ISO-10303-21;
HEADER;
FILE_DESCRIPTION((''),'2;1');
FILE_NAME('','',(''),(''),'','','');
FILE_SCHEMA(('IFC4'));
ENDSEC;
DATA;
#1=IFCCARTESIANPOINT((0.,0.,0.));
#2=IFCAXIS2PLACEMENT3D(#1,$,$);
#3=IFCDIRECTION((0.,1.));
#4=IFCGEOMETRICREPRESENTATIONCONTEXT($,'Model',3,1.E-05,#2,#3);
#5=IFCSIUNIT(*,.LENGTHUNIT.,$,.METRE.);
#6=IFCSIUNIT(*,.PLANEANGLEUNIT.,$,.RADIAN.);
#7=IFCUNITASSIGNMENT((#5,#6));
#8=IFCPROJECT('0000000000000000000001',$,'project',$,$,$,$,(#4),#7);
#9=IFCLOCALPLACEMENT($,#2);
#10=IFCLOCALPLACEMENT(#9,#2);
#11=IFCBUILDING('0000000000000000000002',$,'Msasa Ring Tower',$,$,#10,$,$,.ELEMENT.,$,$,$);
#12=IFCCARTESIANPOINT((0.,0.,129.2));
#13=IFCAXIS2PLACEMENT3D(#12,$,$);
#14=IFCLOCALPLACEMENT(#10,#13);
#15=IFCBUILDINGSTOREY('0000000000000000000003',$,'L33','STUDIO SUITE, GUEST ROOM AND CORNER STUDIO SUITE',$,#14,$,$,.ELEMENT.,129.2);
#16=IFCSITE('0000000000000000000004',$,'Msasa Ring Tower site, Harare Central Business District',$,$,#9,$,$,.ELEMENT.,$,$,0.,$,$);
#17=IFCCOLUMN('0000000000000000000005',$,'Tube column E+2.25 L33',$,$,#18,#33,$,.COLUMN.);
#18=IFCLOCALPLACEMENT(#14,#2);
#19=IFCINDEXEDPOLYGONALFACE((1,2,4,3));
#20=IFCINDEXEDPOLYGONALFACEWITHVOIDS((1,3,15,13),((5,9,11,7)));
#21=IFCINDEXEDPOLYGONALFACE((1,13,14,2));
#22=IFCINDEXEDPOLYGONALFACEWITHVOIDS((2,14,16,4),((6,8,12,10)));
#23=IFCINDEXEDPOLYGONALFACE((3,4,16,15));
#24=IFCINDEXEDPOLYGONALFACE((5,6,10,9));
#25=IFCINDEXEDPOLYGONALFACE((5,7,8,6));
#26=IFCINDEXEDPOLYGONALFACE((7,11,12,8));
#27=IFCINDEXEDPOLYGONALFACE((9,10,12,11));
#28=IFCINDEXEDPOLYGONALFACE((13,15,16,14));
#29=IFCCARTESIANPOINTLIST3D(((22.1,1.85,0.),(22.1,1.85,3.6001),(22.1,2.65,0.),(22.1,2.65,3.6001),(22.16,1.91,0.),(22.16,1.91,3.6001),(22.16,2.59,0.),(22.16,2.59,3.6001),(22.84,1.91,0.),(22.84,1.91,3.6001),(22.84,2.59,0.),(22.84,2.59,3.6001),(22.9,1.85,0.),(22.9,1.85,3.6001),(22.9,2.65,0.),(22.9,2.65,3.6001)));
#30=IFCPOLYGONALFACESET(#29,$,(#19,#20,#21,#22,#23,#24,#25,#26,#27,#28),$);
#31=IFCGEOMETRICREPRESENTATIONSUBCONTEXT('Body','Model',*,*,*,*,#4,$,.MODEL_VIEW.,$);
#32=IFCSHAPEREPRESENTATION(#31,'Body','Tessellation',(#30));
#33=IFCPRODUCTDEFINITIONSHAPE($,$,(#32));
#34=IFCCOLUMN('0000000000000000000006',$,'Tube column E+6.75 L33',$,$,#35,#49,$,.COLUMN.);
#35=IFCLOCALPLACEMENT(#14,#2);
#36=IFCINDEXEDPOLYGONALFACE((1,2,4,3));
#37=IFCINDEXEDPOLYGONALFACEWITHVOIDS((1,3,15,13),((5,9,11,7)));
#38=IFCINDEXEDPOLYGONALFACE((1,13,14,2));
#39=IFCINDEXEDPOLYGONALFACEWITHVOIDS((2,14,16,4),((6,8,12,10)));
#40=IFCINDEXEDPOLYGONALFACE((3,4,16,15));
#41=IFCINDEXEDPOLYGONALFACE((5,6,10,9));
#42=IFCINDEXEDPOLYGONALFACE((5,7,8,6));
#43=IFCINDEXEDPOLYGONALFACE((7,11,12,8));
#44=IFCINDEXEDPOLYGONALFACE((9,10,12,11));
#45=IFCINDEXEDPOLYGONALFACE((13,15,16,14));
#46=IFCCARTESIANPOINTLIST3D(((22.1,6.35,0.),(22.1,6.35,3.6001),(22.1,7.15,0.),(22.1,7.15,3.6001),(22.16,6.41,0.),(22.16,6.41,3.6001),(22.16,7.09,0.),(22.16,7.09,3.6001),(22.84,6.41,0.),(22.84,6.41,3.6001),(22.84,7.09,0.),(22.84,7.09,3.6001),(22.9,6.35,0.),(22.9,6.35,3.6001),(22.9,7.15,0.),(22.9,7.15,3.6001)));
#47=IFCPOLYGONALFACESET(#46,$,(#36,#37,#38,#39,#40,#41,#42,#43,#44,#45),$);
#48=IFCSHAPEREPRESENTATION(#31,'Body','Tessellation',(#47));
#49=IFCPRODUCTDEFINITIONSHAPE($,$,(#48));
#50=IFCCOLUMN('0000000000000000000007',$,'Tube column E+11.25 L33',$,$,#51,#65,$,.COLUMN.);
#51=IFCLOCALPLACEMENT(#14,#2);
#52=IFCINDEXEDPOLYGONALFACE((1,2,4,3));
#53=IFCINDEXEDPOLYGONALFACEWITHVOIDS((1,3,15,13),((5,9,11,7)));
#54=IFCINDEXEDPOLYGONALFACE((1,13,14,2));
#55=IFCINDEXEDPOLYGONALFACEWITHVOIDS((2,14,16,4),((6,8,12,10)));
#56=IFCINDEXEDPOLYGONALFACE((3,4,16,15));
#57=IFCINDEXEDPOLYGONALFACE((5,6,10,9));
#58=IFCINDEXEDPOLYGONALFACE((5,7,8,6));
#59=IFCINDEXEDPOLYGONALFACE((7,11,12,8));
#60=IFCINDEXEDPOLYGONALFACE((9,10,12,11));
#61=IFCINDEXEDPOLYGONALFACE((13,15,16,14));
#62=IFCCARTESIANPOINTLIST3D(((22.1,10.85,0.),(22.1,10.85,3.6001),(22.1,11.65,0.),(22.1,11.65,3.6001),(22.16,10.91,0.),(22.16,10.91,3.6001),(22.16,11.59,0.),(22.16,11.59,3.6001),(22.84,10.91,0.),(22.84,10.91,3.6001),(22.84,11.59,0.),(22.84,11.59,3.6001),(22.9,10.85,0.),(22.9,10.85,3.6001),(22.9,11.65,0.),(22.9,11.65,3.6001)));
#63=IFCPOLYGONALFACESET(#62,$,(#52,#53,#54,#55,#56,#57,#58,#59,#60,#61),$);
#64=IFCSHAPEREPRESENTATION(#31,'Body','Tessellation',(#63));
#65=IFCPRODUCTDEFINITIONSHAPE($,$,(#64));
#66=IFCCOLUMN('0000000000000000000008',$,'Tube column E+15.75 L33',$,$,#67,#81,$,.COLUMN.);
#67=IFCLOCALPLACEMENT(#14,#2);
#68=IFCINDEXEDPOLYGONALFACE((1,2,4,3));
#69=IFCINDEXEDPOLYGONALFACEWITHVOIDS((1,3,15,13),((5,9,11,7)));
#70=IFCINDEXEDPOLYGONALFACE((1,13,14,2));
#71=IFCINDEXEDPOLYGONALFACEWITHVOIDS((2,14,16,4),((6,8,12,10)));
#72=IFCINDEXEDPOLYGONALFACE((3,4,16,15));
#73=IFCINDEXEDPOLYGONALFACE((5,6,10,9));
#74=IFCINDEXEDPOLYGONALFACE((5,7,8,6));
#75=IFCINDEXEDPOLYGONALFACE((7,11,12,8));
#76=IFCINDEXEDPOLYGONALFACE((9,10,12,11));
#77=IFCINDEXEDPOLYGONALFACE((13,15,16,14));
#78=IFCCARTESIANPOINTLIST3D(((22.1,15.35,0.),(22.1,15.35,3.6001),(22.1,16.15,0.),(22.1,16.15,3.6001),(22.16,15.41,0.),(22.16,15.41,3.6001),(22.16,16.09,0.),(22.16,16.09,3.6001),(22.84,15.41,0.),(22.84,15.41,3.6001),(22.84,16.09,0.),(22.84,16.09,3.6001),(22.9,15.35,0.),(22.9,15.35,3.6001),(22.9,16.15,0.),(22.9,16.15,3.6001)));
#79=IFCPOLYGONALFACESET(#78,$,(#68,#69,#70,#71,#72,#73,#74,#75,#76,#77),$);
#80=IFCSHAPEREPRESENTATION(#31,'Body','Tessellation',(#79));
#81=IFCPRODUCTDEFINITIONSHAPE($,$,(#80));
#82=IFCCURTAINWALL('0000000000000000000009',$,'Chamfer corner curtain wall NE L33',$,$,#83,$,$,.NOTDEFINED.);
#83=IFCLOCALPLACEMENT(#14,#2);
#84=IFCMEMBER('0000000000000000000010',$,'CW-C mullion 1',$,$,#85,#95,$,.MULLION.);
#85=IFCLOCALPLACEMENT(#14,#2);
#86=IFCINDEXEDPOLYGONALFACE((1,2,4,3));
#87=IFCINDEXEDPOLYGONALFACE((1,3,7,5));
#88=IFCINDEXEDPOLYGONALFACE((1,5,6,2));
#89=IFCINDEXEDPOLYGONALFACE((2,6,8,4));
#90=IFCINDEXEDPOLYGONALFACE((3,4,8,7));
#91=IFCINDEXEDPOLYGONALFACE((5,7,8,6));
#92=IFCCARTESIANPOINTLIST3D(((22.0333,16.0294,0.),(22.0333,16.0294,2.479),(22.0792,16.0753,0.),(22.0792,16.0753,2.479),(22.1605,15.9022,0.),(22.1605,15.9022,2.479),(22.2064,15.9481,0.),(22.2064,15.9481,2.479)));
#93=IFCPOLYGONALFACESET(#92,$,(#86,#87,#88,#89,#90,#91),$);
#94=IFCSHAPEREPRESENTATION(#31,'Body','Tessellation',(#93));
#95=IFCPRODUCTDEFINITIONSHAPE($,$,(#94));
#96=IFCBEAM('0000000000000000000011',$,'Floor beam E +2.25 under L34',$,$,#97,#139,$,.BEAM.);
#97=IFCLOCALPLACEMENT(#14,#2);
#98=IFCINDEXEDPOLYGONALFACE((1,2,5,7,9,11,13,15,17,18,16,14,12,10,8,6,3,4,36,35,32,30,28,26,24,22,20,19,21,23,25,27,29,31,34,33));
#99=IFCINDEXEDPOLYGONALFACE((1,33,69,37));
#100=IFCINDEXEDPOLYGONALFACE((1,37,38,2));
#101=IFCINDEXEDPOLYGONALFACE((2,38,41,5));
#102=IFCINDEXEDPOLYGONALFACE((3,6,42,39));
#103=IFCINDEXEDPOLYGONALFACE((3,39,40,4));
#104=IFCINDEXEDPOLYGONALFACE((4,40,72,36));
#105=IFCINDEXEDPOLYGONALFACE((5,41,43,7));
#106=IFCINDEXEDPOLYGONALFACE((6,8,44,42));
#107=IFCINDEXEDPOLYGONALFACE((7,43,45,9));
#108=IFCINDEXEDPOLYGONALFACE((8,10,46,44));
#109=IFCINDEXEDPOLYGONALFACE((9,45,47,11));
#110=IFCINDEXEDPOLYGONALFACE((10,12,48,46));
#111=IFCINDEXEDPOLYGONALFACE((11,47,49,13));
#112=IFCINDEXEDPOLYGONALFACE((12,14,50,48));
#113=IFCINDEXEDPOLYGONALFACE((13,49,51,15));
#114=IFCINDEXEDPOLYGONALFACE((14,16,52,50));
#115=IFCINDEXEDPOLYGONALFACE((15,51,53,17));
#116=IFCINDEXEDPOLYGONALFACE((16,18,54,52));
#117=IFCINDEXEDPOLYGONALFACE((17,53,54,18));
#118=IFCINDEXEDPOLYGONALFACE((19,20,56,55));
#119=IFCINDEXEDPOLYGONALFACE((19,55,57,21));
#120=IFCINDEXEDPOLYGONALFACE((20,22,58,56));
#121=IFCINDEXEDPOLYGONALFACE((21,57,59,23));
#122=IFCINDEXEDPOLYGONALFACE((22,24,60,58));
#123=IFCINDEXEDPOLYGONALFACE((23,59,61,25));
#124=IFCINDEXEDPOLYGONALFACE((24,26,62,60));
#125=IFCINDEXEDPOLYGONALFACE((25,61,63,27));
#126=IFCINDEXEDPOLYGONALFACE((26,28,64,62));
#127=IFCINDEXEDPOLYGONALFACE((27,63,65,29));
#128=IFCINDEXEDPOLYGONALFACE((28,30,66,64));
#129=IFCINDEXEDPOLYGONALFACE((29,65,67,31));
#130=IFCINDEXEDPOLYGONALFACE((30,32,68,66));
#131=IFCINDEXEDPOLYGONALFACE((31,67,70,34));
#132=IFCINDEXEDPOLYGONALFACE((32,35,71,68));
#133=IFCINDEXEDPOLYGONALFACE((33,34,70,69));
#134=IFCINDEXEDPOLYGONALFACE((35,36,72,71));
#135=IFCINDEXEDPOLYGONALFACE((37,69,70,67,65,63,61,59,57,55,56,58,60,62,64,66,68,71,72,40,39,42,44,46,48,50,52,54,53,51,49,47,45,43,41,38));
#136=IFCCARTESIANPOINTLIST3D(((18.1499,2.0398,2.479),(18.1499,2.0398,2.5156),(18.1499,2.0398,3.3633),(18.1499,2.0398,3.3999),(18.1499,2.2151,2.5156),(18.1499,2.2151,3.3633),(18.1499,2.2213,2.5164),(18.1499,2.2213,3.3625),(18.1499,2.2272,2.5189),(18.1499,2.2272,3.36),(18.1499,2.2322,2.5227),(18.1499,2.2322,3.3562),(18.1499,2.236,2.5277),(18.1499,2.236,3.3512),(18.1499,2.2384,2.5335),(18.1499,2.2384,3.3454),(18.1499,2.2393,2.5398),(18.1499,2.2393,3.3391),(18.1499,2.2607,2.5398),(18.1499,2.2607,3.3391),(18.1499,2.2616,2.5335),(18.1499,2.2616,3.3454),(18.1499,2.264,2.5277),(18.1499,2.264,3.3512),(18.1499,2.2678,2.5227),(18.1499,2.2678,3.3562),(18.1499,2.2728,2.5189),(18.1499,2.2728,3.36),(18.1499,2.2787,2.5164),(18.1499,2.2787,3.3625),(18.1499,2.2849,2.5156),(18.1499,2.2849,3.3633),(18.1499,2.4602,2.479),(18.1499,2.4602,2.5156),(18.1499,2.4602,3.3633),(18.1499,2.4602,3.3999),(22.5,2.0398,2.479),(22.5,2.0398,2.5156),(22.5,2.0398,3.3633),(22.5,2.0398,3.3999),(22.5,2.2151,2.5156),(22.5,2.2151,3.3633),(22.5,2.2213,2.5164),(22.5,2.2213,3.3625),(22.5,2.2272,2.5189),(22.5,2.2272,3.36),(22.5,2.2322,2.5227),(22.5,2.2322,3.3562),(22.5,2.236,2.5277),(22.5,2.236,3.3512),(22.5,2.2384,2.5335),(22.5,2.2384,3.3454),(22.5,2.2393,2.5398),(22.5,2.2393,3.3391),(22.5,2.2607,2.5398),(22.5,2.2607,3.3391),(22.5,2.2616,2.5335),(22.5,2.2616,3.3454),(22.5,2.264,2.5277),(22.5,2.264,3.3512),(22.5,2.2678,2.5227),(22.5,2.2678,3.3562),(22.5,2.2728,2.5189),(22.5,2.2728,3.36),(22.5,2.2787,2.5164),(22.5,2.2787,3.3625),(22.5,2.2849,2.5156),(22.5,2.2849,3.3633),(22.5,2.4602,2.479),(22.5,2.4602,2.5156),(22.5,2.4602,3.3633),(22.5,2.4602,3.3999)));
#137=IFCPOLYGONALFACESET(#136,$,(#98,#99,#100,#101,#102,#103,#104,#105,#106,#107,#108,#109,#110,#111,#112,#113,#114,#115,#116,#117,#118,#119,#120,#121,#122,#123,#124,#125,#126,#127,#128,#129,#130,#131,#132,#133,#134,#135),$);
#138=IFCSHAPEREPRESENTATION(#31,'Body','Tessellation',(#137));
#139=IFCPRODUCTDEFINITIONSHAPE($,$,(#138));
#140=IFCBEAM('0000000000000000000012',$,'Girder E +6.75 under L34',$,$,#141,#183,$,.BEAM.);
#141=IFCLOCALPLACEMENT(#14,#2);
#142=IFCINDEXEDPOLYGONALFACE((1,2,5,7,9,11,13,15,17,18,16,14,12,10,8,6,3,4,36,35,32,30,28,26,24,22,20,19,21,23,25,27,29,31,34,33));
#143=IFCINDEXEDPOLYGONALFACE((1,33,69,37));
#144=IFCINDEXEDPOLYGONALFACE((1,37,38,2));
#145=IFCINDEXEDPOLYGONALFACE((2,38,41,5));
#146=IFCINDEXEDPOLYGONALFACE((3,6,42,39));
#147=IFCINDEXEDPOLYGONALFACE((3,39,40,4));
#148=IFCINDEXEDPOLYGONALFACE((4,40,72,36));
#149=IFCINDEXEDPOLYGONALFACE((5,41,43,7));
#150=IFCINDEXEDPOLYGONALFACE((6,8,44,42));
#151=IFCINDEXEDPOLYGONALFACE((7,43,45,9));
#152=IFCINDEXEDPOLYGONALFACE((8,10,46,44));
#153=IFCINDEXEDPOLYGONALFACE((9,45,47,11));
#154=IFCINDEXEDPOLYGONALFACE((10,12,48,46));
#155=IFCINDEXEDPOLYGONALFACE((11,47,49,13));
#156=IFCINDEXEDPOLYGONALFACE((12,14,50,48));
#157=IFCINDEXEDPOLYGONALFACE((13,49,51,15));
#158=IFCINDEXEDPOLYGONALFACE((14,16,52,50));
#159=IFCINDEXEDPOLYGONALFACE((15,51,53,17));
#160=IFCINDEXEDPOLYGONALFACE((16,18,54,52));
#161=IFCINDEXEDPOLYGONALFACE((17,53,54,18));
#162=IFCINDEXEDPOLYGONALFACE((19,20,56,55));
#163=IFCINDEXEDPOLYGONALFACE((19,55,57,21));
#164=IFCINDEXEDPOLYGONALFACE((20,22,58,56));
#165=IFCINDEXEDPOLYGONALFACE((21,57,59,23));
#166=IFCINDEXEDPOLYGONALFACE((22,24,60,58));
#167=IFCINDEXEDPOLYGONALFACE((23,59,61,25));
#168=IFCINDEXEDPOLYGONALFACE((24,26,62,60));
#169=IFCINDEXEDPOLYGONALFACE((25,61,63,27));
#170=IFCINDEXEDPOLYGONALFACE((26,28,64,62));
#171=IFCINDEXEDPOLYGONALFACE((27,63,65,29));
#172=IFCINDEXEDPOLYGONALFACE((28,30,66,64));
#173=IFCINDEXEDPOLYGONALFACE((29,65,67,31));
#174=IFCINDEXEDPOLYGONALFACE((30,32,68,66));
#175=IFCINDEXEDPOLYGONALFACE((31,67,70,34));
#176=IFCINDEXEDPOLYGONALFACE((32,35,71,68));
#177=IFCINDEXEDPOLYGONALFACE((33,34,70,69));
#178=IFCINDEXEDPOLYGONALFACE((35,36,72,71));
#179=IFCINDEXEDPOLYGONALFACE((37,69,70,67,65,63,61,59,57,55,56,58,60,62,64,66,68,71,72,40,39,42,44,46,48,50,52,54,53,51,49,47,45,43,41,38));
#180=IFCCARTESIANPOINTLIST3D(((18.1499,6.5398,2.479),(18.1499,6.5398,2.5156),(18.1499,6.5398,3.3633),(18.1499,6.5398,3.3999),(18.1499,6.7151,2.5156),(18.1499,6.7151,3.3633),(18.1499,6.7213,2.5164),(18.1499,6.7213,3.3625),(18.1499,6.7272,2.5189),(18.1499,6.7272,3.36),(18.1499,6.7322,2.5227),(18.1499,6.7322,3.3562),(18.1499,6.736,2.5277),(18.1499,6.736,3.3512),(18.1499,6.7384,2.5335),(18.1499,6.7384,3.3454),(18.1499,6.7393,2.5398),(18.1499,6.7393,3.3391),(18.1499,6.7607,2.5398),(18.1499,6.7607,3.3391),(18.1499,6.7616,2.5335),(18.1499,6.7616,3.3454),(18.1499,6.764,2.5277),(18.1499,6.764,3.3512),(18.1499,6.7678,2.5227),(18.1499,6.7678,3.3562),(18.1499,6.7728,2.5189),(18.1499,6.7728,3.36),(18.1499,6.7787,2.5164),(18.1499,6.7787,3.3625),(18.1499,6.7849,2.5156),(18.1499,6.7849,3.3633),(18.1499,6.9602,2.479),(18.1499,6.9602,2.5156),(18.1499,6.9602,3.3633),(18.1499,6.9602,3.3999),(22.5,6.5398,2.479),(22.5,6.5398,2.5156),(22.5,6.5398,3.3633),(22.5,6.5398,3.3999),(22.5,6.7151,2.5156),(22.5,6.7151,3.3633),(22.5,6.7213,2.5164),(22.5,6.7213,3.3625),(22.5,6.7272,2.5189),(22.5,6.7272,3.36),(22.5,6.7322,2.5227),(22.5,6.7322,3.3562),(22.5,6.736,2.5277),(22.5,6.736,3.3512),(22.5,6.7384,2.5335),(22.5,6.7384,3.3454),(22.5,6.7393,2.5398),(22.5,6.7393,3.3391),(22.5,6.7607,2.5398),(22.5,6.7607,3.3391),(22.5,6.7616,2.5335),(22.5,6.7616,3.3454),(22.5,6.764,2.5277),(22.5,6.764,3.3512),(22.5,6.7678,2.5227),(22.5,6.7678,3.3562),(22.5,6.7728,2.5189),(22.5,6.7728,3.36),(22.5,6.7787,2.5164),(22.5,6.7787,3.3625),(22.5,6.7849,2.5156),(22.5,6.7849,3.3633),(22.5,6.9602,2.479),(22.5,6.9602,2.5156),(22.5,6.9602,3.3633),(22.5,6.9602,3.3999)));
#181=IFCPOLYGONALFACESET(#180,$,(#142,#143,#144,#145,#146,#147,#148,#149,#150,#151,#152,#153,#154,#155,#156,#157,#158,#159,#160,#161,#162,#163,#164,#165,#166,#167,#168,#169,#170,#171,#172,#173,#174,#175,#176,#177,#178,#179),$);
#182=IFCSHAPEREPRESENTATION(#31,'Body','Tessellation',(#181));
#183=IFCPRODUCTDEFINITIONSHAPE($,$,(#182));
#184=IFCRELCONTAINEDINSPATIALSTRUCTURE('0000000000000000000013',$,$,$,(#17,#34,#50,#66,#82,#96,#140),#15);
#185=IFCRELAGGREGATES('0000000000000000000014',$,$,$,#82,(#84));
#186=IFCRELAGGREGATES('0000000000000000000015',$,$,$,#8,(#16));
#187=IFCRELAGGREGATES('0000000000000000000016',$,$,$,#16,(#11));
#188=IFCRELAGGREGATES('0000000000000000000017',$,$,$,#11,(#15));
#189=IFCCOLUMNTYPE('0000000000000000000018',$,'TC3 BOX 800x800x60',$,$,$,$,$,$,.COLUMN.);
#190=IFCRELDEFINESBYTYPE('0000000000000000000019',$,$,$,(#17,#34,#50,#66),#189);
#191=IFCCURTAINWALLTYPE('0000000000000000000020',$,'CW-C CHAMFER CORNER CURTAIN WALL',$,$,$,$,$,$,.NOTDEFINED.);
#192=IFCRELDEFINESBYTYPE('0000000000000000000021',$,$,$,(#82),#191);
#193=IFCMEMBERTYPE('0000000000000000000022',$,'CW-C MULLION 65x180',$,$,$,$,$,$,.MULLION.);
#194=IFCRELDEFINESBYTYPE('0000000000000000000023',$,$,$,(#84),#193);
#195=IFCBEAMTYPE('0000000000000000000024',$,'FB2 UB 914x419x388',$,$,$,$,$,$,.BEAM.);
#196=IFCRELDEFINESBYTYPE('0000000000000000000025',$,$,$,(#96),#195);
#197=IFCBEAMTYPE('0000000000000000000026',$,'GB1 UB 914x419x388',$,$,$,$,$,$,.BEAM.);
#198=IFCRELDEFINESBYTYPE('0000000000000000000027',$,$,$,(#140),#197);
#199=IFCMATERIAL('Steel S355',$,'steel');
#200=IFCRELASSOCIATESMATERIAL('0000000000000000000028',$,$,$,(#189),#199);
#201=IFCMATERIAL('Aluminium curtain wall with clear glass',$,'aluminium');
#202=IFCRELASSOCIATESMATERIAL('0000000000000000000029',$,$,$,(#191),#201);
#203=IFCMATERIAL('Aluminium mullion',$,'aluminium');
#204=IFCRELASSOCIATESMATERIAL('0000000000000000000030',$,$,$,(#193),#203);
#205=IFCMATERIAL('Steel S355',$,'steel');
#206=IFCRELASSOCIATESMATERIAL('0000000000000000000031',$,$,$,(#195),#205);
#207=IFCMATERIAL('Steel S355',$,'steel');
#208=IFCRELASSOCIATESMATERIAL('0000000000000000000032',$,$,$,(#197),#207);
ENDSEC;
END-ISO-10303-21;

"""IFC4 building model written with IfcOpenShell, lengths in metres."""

from ifc_helpers import new_model, si_unit, direction, frame, origin, origin_2d, place, context, subcontext, project, spatial, rectangle, hollow_rectangle, i_section, extrude, material, material_profile, profile_set, type_object, element, aggregate, save


model = new_model("IFC4")

# Units and contexts
model_context = context("Model", 3, precision=1e-05, world=origin(), true_north=direction((0.0, 1.0)))
body_context = subcontext(model_context, "Body", "Model", "MODEL_VIEW")
ifc_project = project(units=[si_unit("LENGTHUNIT", "METRE"), si_unit("PLANEANGLEUNIT", "RADIAN")], contexts=[model_context])

# Site, building, storey
site_placement = place(None, origin())
site = spatial("IfcSite", under=ifc_project, at=site_placement, Name="Msasa Ring Tower site, Harare Central Business District", CompositionType="ELEMENT", RefElevation=0.0)
building_placement = place(site_placement, origin())
building = spatial("IfcBuilding", under=site, at=building_placement, Name="Msasa Ring Tower", CompositionType="ELEMENT")
storey_placement = place(building_placement, frame((0.0, 0.0, 129.2)))
storey = spatial("IfcBuildingStorey", under=building, at=storey_placement, Name="L33", Description="STUDIO SUITE, GUEST ROOM AND CORNER STUDIO SUITE", CompositionType="ELEMENT", Elevation=129.2)

# Columns
ifc_material_1 = material(Name="Steel S355", Category="steel")
ifc_material_profile_1 = material_profile(ifc_material_1, hollow_rectangle(XDim=0.8, YDim=0.8, WallThickness=0.0601, at=origin_2d()), Name="BOX 800x800x60")
ifc_profile_set_1 = profile_set([ifc_material_profile_1], Name="Steel S355")
column_type = type_object("IfcColumnType", Name="TC3 BOX 800x800x60", PredefinedType="COLUMN", material=ifc_profile_set_1)
for number, where, z_axis, x_axis, name in (
    (1, (22.5, 2.25, 0.0), (0.0, 0.0, 1.0), (1.0, 0.0, 0.0), "Tube column E+2.25 L33"),
    (2, (22.5, 6.75, 0.0), (0.0, 0.0, 1.0), (1.0, 0.0, 0.0), "Tube column E+6.75 L33"),
    (3, (22.5, 11.25, 0.0), (0.0, 0.0, 1.0), (1.0, 0.0, 0.0), "Tube column E+11.25 L33"),
    (4, (22.5, 15.75, 0.0), (0.0, 0.0, 1.0), (1.0, 0.0, 0.0), "Tube column E+15.75 L33"),
):
    element("IfcColumn", number, at=place(storey_placement, frame(where, z_axis=z_axis, x_axis=x_axis)), inside=storey, type_object=column_type, Name=name, PredefinedType="COLUMN", context=body_context, shape_type="SweptSolid", body=[
        extrude(hollow_rectangle(XDim=0.8, YDim=0.8, WallThickness=0.0601, at=origin_2d()), origin(), (0.0, 0.0, 1.0), 3.6001),
    ])

# Curtain wall, member
ifc_material_2 = material(Name="Aluminium curtain wall with clear glass", Category="aluminium")
curtain_wall_type = type_object("IfcCurtainWallType", Name="CW-C CHAMFER CORNER CURTAIN WALL", PredefinedType="NOTDEFINED", material=ifc_material_2)
curtain_wall_placement = place(storey_placement, origin())
curtain_wall = element("IfcCurtainWall", 5, at=curtain_wall_placement, inside=storey, type_object=curtain_wall_type, Name="Chamfer corner curtain wall NE L33", PredefinedType="NOTDEFINED")
ifc_material_3 = material(Name="Aluminium mullion", Category="aluminium")
ifc_material_profile_2 = material_profile(ifc_material_3, rectangle(XDim=0.0649, YDim=0.1799, at=origin_2d()), Name="AL 65x180")
ifc_profile_set_2 = profile_set([ifc_material_profile_2], Name="Aluminium mullion")
member_type = type_object("IfcMemberType", Name="CW-C MULLION 65x180", PredefinedType="MULLION", material=ifc_profile_set_2)
member_placement = place(storey_placement, frame((22.1199, 15.9888, 0.0), z_axis=(0.0, 0.0, 1.0), x_axis=(-0.707107, -0.707107, 0.0)))
member = element("IfcMember", 6, at=member_placement, type_object=member_type, Name="CW-C mullion 1", PredefinedType="MULLION", context=body_context, shape_type="SweptSolid", body=[
    extrude(rectangle(XDim=0.0649, YDim=0.1799, at=origin_2d()), origin(), (0.0, 0.0, 1.0), 2.479),
])
aggregate(curtain_wall, [member])

# Beams
ifc_material_4 = material(Name="Steel S355", Category="steel")
ifc_material_profile_3 = material_profile(ifc_material_4, i_section(OverallWidth=0.4204, OverallDepth=0.9209, WebThickness=0.0215, FlangeThickness=0.0366, FilletRadius=0.0242, at=origin_2d()), Name="UB 914x419x388")
ifc_profile_set_3 = profile_set([ifc_material_profile_3], Name="Steel S355")
beam_type_1 = type_object("IfcBeamType", Name="FB2 UB 914x419x388", PredefinedType="BEAM", material=ifc_profile_set_3)
beam_1_placement = place(storey_placement, frame((22.5, 2.25, 2.9395), z_axis=(-1.0, 0.0, 0.0), x_axis=(0.0, -1.0, 0.0)))
element("IfcBeam", 7, at=beam_1_placement, inside=storey, type_object=beam_type_1, Name="Floor beam E +2.25 under L34", PredefinedType="BEAM", context=body_context, shape_type="SweptSolid", body=[
    extrude(i_section(OverallWidth=0.4204, OverallDepth=0.9209, WebThickness=0.0215, FlangeThickness=0.0366, FilletRadius=0.0242, at=origin_2d()), origin(), (0.0, 0.0, 1.0), 4.3501),
])
ifc_material_5 = material(Name="Steel S355", Category="steel")
ifc_material_profile_4 = material_profile(ifc_material_5, i_section(OverallWidth=0.4204, OverallDepth=0.9209, WebThickness=0.0215, FlangeThickness=0.0366, FilletRadius=0.0242, at=origin_2d()), Name="UB 914x419x388")
ifc_profile_set_4 = profile_set([ifc_material_profile_4], Name="Steel S355")
beam_type_2 = type_object("IfcBeamType", Name="GB1 UB 914x419x388", PredefinedType="BEAM", material=ifc_profile_set_4)
beam_2_placement = place(storey_placement, frame((18.1499, 6.75, 2.9395), z_axis=(1.0, 0.0, 0.0), x_axis=(0.0, 1.0, 0.0)))
element("IfcBeam", 8, at=beam_2_placement, inside=storey, type_object=beam_type_2, Name="Girder E +6.75 under L34", PredefinedType="BEAM", context=body_context, shape_type="SweptSolid", body=[
    extrude(i_section(OverallWidth=0.4204, OverallDepth=0.9209, WebThickness=0.0215, FlangeThickness=0.0366, FilletRadius=0.0242, at=origin_2d()), origin(), (0.0, 0.0, 1.0), 4.3501),
])

save(model, "model.ifc")
